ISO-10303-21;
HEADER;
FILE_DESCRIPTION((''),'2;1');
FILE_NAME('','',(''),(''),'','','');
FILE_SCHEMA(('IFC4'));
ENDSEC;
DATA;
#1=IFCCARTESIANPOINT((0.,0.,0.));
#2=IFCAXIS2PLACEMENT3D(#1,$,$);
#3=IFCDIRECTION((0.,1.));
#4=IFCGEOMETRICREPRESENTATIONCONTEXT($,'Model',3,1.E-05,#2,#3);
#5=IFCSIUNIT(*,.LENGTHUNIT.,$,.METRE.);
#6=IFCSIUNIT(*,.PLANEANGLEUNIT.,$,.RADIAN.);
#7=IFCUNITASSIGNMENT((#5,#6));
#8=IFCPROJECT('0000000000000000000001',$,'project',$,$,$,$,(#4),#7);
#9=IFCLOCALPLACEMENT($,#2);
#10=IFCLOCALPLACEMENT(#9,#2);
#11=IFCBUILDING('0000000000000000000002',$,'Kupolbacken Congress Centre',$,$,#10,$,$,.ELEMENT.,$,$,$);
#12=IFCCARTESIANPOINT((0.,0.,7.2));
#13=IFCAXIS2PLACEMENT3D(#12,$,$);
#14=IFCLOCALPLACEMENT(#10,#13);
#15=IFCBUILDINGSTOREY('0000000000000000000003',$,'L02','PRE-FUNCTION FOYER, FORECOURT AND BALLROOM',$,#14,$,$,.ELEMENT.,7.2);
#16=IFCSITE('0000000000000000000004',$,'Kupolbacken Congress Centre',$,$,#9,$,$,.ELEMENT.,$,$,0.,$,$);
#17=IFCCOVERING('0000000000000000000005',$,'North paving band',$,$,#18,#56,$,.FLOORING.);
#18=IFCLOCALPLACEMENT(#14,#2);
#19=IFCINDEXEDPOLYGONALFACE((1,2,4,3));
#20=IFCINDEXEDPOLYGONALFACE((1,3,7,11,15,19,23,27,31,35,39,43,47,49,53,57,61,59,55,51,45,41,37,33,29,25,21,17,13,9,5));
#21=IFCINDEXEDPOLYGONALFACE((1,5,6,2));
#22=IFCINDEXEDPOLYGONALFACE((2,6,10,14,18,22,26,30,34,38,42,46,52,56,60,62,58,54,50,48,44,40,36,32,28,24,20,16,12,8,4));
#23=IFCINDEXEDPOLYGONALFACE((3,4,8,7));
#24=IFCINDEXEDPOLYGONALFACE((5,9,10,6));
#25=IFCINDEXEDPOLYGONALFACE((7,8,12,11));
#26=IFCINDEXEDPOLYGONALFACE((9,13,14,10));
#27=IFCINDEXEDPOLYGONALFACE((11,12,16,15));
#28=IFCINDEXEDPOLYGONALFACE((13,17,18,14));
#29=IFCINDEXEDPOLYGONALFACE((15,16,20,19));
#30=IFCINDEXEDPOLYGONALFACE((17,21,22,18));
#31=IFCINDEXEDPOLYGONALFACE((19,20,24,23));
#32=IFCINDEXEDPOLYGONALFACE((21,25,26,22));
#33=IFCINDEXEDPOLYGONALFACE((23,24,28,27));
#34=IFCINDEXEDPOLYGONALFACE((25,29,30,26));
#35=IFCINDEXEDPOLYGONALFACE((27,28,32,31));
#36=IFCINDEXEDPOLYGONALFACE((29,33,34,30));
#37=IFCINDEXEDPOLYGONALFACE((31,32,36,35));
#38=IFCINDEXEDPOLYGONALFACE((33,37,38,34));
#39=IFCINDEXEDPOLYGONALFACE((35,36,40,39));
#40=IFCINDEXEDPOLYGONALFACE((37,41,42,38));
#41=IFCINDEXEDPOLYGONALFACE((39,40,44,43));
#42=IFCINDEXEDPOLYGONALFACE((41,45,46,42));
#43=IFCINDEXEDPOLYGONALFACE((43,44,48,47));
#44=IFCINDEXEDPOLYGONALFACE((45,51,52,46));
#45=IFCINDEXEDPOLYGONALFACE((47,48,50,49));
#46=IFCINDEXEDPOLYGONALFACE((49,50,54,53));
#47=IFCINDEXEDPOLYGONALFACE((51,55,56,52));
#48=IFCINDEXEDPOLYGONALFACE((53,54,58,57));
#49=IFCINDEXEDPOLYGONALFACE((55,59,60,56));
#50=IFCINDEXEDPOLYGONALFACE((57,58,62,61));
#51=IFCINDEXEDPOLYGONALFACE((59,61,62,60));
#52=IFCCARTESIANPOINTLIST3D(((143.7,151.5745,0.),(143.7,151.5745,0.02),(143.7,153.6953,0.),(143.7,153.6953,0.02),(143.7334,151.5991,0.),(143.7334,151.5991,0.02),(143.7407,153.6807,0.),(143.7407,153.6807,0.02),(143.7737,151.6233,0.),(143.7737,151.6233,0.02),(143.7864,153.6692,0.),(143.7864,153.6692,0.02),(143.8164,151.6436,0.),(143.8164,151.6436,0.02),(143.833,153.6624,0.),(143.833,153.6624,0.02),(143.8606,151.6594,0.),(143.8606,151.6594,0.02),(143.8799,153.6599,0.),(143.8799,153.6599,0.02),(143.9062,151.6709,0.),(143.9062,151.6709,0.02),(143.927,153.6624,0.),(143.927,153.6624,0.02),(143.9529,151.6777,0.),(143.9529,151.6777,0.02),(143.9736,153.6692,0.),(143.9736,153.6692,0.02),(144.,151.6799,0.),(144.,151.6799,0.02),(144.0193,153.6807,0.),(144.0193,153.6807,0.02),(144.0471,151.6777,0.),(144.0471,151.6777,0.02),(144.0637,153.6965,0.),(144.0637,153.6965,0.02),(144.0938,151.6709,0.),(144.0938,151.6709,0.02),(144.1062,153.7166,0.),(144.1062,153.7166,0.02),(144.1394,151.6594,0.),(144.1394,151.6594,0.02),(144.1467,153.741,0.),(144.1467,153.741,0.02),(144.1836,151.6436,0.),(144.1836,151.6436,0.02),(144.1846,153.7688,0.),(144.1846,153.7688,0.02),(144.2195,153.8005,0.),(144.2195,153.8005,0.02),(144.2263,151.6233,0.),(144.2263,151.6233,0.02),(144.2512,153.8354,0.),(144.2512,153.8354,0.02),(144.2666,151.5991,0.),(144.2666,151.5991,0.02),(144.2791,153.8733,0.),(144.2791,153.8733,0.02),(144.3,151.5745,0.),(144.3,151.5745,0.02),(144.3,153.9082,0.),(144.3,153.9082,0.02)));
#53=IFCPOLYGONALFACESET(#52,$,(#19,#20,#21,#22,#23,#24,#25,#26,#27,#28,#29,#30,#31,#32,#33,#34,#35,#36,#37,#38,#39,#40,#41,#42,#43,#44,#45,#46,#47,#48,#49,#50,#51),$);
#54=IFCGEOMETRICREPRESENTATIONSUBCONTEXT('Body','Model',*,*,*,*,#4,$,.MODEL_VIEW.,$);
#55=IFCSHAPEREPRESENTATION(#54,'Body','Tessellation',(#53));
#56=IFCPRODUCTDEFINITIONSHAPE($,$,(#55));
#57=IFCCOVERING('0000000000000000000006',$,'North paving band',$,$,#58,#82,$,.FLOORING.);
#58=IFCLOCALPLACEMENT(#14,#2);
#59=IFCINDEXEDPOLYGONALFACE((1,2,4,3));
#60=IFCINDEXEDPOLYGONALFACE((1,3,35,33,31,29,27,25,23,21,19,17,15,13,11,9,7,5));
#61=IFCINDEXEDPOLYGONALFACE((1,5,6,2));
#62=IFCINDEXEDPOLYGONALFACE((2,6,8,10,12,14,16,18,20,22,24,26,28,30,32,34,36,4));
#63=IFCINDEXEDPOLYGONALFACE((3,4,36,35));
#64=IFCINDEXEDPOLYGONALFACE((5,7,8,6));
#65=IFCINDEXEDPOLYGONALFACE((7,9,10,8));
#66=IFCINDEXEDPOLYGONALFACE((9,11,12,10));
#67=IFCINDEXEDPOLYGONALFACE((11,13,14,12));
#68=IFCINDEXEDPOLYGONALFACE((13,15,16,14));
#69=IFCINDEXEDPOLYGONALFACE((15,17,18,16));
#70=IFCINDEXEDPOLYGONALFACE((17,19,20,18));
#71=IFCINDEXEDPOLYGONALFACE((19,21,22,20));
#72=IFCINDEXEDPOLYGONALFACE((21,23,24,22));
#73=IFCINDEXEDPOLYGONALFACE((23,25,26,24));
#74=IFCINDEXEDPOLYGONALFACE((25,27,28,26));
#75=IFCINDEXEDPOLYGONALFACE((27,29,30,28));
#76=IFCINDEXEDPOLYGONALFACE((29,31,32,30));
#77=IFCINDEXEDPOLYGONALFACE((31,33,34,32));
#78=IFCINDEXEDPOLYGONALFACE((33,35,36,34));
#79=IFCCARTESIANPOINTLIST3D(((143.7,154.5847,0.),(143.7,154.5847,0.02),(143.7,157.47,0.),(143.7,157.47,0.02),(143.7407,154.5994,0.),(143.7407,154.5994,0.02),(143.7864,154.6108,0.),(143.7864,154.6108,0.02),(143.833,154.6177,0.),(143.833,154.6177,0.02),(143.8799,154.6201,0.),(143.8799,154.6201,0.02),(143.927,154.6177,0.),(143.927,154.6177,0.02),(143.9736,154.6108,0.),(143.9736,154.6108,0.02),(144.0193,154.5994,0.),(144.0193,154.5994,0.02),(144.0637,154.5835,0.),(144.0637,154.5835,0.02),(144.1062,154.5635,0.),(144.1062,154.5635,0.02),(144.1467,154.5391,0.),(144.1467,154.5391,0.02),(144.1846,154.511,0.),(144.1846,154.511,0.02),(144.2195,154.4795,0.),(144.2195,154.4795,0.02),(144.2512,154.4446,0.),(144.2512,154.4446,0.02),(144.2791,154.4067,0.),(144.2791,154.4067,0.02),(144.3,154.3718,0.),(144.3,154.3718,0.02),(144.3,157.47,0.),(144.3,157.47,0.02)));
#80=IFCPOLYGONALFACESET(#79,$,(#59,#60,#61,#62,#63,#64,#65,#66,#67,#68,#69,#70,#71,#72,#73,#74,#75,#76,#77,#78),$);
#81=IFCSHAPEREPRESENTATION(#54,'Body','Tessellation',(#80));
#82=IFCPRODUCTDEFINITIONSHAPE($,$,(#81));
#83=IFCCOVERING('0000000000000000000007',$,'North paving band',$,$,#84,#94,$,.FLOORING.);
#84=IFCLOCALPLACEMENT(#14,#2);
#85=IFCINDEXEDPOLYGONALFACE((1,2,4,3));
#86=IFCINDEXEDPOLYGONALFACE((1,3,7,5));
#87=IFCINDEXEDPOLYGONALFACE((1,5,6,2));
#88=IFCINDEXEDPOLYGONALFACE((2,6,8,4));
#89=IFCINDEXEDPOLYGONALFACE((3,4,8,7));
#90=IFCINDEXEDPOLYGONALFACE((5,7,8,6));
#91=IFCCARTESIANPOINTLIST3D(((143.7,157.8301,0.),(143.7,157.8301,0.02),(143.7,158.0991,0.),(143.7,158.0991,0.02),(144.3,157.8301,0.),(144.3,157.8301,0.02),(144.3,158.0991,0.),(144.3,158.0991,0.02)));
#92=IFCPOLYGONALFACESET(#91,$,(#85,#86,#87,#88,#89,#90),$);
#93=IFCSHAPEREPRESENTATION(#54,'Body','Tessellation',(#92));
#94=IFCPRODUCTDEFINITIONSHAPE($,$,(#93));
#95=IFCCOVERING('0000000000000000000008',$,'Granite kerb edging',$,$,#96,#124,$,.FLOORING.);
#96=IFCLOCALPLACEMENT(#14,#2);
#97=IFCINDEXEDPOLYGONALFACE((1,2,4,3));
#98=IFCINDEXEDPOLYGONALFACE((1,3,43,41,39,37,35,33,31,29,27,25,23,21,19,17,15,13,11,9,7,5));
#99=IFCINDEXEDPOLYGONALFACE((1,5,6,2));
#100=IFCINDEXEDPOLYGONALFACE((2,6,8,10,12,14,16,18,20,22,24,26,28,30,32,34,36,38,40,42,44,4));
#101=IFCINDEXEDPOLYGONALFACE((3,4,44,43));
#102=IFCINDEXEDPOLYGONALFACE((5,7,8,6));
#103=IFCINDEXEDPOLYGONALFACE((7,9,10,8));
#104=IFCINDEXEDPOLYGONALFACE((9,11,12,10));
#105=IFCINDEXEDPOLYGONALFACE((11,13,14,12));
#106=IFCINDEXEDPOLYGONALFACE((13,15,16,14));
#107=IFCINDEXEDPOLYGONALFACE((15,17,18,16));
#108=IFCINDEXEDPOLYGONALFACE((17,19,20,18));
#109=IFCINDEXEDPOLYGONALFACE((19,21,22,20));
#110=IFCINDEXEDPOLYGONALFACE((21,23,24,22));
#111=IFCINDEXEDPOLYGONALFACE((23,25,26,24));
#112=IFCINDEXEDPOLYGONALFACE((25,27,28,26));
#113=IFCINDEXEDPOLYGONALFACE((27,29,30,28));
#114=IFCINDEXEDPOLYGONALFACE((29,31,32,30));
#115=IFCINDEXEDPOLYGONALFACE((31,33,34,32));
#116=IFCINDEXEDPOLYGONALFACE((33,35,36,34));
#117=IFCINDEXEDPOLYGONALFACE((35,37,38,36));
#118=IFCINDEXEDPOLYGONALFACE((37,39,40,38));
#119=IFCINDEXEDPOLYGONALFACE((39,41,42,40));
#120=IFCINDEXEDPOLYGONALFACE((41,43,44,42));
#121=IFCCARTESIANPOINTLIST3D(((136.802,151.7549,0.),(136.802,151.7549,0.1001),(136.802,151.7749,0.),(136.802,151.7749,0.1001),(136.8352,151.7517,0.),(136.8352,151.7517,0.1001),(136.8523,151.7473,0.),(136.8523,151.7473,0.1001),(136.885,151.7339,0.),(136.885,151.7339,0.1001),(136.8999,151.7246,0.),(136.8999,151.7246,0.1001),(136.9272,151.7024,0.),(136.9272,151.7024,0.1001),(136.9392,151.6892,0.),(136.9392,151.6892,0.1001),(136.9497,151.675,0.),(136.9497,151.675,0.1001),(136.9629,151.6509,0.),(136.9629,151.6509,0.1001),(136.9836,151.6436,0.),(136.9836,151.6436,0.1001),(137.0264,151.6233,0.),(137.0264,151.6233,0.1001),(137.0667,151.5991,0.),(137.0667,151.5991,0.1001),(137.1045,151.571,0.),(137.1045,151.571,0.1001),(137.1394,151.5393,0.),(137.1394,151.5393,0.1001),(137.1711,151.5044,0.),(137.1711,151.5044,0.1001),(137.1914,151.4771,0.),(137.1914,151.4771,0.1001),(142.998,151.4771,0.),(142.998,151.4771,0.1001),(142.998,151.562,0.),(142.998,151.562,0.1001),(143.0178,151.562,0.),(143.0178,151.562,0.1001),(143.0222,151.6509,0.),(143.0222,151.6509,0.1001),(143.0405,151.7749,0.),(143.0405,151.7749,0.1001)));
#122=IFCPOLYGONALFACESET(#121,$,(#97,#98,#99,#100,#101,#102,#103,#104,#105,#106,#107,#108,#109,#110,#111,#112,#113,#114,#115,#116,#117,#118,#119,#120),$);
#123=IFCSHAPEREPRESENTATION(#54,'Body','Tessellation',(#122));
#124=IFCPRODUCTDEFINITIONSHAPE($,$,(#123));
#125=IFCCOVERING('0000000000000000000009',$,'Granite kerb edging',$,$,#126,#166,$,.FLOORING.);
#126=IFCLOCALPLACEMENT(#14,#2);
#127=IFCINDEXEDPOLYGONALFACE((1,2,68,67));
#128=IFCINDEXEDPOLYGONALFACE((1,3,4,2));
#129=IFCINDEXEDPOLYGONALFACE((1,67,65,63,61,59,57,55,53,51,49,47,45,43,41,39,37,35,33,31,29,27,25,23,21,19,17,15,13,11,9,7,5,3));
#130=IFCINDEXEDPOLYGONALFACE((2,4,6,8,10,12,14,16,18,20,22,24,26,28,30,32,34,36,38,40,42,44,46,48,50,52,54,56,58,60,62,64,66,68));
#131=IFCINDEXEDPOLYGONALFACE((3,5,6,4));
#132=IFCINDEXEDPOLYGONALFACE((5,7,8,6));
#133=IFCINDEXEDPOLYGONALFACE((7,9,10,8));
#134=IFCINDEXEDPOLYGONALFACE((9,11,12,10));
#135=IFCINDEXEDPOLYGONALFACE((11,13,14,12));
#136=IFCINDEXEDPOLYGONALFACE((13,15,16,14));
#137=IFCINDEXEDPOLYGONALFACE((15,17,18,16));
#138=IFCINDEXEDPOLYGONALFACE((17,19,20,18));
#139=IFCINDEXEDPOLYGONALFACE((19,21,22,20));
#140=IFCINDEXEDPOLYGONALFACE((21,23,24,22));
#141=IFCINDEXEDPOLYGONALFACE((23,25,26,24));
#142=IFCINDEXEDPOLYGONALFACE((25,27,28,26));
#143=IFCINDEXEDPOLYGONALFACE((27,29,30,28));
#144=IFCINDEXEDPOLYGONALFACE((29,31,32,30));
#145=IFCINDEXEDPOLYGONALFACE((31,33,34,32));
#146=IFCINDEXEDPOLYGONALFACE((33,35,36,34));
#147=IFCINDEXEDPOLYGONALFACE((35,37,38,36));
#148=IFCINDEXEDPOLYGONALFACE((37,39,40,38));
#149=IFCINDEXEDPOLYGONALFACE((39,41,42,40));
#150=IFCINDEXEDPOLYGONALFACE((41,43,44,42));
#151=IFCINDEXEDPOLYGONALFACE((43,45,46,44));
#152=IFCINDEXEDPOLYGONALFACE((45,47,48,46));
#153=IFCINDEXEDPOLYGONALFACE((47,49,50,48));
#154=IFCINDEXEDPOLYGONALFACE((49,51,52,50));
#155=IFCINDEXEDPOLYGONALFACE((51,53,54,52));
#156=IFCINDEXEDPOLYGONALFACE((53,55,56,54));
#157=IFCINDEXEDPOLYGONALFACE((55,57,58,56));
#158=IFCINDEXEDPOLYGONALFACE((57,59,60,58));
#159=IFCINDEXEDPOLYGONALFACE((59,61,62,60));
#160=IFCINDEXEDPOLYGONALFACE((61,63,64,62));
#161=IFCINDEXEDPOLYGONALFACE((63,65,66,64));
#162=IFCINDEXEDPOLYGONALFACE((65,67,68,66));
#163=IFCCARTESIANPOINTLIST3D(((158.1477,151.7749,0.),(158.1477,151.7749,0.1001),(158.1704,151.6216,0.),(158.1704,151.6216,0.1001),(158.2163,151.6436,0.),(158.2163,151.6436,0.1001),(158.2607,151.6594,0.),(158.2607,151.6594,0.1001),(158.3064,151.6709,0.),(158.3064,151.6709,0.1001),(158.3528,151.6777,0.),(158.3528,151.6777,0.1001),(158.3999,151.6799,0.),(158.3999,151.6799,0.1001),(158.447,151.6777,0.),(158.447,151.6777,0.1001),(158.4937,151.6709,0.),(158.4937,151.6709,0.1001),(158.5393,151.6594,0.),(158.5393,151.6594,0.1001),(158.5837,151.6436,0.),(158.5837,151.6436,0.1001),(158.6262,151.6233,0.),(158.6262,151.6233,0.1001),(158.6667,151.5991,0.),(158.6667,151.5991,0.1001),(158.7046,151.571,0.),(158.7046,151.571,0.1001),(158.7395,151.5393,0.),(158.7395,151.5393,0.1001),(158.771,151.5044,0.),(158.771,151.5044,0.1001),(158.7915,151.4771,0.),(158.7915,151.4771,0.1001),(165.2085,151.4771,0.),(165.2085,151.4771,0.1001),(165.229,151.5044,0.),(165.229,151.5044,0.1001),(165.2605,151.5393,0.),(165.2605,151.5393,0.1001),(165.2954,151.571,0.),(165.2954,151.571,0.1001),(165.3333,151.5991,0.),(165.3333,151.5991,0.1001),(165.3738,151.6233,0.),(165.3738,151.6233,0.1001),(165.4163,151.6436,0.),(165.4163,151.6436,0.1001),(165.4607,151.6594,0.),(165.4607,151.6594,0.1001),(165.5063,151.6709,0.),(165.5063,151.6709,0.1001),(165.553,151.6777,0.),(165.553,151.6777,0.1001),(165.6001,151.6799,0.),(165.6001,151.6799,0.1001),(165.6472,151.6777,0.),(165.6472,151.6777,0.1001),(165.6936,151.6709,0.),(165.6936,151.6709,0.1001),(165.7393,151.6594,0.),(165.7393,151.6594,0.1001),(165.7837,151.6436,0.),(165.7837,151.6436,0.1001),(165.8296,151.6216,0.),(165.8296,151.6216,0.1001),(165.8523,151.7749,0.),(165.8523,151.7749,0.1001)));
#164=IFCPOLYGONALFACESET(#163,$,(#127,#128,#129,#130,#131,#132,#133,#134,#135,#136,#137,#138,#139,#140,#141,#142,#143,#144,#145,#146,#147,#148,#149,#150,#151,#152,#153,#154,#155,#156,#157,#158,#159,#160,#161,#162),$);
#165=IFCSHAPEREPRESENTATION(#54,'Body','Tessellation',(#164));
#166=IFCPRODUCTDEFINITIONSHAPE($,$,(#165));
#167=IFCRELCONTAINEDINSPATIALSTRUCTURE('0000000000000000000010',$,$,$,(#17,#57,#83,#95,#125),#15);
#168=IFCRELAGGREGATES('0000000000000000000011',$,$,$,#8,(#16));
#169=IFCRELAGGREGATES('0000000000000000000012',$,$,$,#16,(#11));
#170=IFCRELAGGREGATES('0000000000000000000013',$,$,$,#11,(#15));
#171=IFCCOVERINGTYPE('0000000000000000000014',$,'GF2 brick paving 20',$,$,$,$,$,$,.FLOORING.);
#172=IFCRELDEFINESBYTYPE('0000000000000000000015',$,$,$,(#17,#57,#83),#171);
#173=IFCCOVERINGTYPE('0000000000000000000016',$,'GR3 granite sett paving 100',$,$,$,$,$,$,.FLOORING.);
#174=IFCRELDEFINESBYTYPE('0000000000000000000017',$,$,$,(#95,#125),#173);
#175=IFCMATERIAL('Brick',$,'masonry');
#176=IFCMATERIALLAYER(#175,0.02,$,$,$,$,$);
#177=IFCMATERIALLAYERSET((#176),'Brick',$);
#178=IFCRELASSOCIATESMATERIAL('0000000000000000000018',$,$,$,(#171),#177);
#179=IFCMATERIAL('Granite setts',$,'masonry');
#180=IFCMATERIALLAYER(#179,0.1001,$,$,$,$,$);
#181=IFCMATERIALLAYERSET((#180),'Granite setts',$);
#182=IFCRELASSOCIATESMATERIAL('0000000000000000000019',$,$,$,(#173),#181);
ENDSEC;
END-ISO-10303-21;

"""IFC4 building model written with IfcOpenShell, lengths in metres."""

from ifc_helpers import new_model, si_unit, direction, frame, origin, place, context, subcontext, project, spatial, polyline, outline, extrude, material, layer, layer_set, type_object, element, save


model = new_model("IFC4")

# Units and contexts
model_context = context("Model", 3, precision=1e-05, world=origin(), true_north=direction((0.0, 1.0)))
body_context = subcontext(model_context, "Body", "Model", "MODEL_VIEW")
ifc_project = project(units=[si_unit("LENGTHUNIT", "METRE"), si_unit("PLANEANGLEUNIT", "RADIAN")], contexts=[model_context])

# Site, building, storey
site_placement = place(None, origin())
site = spatial("IfcSite", under=ifc_project, at=site_placement, Name="Kupolbacken Congress Centre", CompositionType="ELEMENT", RefElevation=0.0)
building_placement = place(site_placement, origin())
building = spatial("IfcBuilding", under=site, at=building_placement, Name="Kupolbacken Congress Centre", CompositionType="ELEMENT")
storey_placement = place(building_placement, frame((0.0, 0.0, 7.2)))
storey = spatial("IfcBuildingStorey", under=building, at=storey_placement, Name="L02", Description="PRE-FUNCTION FOYER, FORECOURT AND BALLROOM", CompositionType="ELEMENT", Elevation=7.2)

# Coverings
ifc_material_1 = material(Name="Brick", Category="masonry")
ifc_layer_1 = layer(ifc_material_1, 0.02)
ifc_layer_set_1 = layer_set([ifc_layer_1], Name="Brick")
covering_type_1 = type_object("IfcCoveringType", Name="GF2 brick paving 20", PredefinedType="FLOORING", material=ifc_layer_set_1)
covering_1_placement = place(storey_placement, origin())
element("IfcCovering", 1, at=covering_1_placement, inside=storey, type_object=covering_type_1, Name="North paving band", PredefinedType="FLOORING", context=body_context, shape_type="SweptSolid", body=[
    extrude(outline(polyline([(143.7, 153.6953), (143.7407, 153.6807), (143.7864, 153.6692), (143.833, 153.6624), (143.8799, 153.6599), (143.927, 153.6624), (143.9736, 153.6692), (144.0193, 153.6807), (144.0637, 153.6965), (144.1062, 153.7166), (144.1467, 153.741), (144.1846, 153.7688), (144.2195, 153.8005), (144.2512, 153.8354), (144.2791, 153.8733), (144.3, 153.9082), (144.3, 151.5745), (144.2666, 151.5991), (144.2263, 151.6233), (144.1836, 151.6436), (144.1394, 151.6594), (144.0938, 151.6709), (144.0471, 151.6777), (144.0, 151.6799), (143.9529, 151.6777), (143.9062, 151.6709), (143.8606, 151.6594), (143.8164, 151.6436), (143.7737, 151.6233), (143.7334, 151.5991), (143.7, 151.5745), (143.7, 153.6953)])), origin(), (0.0, 0.0, 1.0), 0.02),
])
covering_2_placement = place(storey_placement, origin())
element("IfcCovering", 2, at=covering_2_placement, inside=storey, type_object=covering_type_1, Name="North paving band", PredefinedType="FLOORING", context=body_context, shape_type="SweptSolid", body=[
    extrude(outline(polyline([(143.7, 157.47), (144.3, 157.47), (144.3, 154.3718), (144.2791, 154.4067), (144.2512, 154.4446), (144.2195, 154.4795), (144.1846, 154.511), (144.1467, 154.5391), (144.1062, 154.5635), (144.0637, 154.5835), (144.0193, 154.5994), (143.9736, 154.6108), (143.927, 154.6177), (143.8799, 154.6201), (143.833, 154.6177), (143.7864, 154.6108), (143.7407, 154.5994), (143.7, 154.5847), (143.7, 157.47)])), origin(), (0.0, 0.0, 1.0), 0.02),
])
covering_3_placement = place(storey_placement, origin())
element("IfcCovering", 3, at=covering_3_placement, inside=storey, type_object=covering_type_1, Name="North paving band", PredefinedType="FLOORING", context=body_context, shape_type="SweptSolid", body=[
    extrude(outline(polyline([(143.7, 158.0991), (144.3, 158.0991), (144.3, 157.8301), (143.7, 157.8301), (143.7, 158.0991)])), origin(), (0.0, 0.0, 1.0), 0.02),
])
ifc_material_2 = material(Name="Granite setts", Category="masonry")
ifc_layer_2 = layer(ifc_material_2, 0.1001)
ifc_layer_set_2 = layer_set([ifc_layer_2], Name="Granite setts")
covering_type_2 = type_object("IfcCoveringType", Name="GR3 granite sett paving 100", PredefinedType="FLOORING", material=ifc_layer_set_2)
covering_4_placement = place(storey_placement, origin())
element("IfcCovering", 4, at=covering_4_placement, inside=storey, type_object=covering_type_2, Name="Granite kerb edging", PredefinedType="FLOORING", context=body_context, shape_type="SweptSolid", body=[
    extrude(outline(polyline([(137.1711, 151.5044), (137.1394, 151.5393), (137.1045, 151.571), (137.0667, 151.5991), (137.0264, 151.6233), (136.9836, 151.6436), (136.9629, 151.6509), (136.9497, 151.675), (136.9392, 151.6892), (136.9272, 151.7024), (136.8999, 151.7246), (136.885, 151.7339), (136.8523, 151.7473), (136.8352, 151.7517), (136.802, 151.7549), (136.802, 151.7749), (143.0405, 151.7749), (143.0222, 151.6509), (143.0178, 151.562), (142.998, 151.562), (142.998, 151.4771), (137.1914, 151.4771), (137.1711, 151.5044)])), origin(), (0.0, 0.0, 1.0), 0.1001),
])
covering_5_placement = place(storey_placement, origin())
element("IfcCovering", 5, at=covering_5_placement, inside=storey, type_object=covering_type_2, Name="Granite kerb edging", PredefinedType="FLOORING", context=body_context, shape_type="SweptSolid", body=[
    extrude(outline(polyline([(165.6472, 151.6777), (165.6001, 151.6799), (165.553, 151.6777), (165.5063, 151.6709), (165.4607, 151.6594), (165.4163, 151.6436), (165.3738, 151.6233), (165.3333, 151.5991), (165.2954, 151.571), (165.2605, 151.5393), (165.229, 151.5044), (165.2085, 151.4771), (158.7915, 151.4771), (158.771, 151.5044), (158.7395, 151.5393), (158.7046, 151.571), (158.6667, 151.5991), (158.6262, 151.6233), (158.5837, 151.6436), (158.5393, 151.6594), (158.4937, 151.6709), (158.447, 151.6777), (158.3999, 151.6799), (158.3528, 151.6777), (158.3064, 151.6709), (158.2607, 151.6594), (158.2163, 151.6436), (158.1704, 151.6216), (158.1477, 151.7749), (165.8523, 151.7749), (165.8296, 151.6216), (165.7837, 151.6436), (165.7393, 151.6594), (165.6936, 151.6709), (165.6472, 151.6777)])), origin(), (0.0, 0.0, 1.0), 0.1001),
])

save(model, "model.ifc")
